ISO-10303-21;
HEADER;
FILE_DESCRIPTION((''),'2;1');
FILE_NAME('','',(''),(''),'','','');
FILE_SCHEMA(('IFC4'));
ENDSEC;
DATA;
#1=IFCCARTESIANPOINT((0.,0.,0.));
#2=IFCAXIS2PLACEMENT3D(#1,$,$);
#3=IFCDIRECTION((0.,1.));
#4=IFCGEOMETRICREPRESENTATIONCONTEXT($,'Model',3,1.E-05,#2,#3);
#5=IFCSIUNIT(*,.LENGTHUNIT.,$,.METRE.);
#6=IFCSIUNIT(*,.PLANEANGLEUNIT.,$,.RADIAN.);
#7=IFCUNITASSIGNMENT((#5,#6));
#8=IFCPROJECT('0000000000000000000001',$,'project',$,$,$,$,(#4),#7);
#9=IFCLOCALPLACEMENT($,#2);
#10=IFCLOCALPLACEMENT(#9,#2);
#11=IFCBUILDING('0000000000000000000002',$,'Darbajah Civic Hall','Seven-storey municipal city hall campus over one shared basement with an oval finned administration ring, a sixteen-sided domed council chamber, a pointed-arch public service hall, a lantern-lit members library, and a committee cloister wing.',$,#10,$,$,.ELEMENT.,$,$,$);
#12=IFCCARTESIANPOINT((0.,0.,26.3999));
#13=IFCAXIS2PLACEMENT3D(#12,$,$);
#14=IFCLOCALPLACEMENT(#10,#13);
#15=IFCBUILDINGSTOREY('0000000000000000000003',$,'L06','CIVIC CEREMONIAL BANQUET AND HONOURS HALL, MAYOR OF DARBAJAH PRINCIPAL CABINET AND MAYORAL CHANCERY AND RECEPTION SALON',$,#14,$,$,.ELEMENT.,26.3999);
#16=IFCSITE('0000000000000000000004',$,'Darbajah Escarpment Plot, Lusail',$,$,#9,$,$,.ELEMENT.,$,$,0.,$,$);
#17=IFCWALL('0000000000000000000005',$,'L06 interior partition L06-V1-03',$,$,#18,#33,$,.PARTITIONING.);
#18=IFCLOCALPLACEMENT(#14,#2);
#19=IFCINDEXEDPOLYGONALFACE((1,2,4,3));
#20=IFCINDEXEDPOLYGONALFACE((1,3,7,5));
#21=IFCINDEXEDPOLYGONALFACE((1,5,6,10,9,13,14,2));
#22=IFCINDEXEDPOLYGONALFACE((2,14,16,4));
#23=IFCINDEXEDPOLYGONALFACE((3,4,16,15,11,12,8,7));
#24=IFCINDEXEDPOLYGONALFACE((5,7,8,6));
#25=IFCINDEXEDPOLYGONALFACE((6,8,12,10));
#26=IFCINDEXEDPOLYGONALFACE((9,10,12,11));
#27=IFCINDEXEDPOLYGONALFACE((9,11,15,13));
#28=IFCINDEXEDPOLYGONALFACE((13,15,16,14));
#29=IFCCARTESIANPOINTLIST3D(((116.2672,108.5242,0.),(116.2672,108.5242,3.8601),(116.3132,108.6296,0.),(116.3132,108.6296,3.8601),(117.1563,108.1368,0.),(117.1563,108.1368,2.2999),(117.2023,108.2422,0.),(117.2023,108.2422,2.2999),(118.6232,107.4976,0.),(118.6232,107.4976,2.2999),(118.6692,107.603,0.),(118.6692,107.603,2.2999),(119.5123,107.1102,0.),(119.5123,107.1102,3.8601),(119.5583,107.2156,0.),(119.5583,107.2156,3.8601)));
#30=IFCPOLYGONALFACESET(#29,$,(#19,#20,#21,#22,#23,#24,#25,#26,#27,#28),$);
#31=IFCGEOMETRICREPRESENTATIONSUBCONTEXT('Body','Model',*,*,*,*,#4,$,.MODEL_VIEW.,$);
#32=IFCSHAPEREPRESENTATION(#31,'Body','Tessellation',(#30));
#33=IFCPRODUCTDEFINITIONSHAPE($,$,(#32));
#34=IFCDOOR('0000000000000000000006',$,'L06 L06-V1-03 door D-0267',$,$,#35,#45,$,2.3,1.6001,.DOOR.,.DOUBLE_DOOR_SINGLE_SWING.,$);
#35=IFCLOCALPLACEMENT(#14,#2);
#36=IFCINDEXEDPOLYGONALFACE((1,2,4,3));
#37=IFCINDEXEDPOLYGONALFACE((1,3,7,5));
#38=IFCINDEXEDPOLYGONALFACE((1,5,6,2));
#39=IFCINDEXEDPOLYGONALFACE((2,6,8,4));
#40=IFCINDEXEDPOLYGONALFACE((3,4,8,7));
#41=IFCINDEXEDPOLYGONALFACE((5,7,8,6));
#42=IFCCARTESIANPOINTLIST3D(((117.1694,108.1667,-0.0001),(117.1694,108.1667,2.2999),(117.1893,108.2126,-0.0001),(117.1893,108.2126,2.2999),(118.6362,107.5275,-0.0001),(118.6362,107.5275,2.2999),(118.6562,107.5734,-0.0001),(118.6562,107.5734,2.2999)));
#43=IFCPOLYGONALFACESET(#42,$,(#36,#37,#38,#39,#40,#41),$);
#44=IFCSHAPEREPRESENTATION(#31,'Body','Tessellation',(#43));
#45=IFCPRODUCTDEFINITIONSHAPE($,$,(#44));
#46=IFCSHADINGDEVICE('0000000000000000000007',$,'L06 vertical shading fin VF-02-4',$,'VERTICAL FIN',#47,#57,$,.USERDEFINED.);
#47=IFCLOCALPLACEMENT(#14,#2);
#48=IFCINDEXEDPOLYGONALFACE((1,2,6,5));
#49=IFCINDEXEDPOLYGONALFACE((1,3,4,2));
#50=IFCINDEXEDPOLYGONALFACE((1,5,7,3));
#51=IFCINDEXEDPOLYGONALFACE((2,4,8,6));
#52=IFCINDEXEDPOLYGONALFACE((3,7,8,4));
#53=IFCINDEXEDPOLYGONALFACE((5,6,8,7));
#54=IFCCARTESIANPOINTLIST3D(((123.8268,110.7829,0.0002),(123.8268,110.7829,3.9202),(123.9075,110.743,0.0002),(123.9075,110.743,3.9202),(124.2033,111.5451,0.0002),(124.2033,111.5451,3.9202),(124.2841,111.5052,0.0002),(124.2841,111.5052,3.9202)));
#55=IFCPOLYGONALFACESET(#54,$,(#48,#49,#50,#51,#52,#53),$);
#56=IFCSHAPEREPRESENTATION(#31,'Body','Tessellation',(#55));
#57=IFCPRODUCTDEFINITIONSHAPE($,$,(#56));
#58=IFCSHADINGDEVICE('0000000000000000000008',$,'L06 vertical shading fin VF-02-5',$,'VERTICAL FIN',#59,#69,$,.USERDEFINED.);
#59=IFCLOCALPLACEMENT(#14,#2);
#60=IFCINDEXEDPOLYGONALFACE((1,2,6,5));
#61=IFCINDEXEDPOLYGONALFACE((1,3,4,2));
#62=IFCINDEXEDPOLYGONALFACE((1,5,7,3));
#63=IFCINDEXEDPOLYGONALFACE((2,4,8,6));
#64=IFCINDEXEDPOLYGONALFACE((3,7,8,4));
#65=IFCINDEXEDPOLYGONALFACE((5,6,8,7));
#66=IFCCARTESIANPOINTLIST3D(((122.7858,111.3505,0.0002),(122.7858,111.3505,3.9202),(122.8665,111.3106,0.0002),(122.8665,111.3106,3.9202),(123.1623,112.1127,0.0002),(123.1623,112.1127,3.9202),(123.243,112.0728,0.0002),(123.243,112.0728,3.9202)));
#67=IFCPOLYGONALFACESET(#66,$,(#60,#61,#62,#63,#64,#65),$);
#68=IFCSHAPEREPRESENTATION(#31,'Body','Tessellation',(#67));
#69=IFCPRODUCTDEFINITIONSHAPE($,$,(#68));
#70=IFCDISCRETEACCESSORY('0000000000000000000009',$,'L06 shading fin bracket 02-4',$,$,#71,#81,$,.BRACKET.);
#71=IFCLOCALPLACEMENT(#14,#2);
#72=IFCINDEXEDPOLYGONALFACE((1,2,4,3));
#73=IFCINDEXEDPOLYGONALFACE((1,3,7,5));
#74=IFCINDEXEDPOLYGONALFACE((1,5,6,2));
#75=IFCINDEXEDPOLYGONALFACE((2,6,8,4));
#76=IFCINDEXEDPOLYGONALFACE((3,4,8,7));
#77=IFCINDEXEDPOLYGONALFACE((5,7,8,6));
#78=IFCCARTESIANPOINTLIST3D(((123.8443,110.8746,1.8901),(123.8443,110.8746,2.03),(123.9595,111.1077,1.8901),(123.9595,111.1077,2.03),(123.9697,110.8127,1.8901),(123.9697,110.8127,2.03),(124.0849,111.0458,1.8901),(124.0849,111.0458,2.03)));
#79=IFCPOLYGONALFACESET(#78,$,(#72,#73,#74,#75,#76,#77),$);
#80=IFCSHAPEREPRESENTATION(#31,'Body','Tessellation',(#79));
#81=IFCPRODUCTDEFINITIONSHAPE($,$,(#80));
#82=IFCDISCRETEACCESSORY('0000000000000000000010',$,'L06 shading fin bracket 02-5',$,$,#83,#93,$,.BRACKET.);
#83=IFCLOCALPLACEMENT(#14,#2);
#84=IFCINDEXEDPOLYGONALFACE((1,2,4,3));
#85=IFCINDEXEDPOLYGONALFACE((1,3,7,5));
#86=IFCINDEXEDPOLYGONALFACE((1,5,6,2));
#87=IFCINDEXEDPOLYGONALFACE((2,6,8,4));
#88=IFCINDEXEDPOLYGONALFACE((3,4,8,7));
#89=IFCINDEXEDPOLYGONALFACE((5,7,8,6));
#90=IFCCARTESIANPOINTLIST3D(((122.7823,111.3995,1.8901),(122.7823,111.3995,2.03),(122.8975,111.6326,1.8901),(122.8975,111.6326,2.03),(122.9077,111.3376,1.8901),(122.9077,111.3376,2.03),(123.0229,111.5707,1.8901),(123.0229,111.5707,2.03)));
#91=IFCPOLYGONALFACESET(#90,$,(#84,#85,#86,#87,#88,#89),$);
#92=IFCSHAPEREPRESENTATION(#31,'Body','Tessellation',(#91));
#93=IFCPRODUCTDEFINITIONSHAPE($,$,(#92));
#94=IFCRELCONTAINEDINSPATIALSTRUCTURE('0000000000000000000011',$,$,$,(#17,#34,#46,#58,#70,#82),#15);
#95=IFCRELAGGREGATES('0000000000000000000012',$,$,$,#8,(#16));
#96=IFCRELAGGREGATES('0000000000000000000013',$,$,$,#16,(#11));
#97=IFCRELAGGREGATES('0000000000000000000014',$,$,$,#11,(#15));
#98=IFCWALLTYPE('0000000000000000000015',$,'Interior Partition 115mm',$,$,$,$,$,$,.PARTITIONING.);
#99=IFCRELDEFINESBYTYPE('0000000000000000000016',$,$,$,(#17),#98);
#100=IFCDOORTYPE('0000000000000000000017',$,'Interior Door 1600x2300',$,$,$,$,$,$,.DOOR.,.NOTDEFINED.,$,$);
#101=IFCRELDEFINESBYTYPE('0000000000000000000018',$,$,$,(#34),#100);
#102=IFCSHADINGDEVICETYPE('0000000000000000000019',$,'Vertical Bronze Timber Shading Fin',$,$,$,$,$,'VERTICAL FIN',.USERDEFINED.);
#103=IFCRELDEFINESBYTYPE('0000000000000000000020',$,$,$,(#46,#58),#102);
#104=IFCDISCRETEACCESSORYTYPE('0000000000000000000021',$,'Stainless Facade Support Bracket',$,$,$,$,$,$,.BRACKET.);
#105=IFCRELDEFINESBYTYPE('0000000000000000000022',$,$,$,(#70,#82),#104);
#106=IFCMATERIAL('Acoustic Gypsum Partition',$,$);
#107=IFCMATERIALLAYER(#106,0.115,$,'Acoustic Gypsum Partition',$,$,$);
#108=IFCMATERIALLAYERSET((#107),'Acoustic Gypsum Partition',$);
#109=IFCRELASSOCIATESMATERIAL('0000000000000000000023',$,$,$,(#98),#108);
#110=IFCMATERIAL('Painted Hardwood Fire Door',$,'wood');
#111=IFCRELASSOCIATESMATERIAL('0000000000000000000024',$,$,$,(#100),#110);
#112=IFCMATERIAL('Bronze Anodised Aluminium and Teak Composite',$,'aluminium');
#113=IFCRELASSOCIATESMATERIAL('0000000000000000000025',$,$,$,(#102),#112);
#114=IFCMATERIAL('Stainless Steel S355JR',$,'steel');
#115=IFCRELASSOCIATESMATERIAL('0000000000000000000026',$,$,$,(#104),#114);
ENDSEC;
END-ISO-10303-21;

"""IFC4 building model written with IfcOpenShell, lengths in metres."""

from ifc_helpers import new_model, si_unit, direction, frame, frame_2d, origin, origin_2d, place, context, subcontext, project, spatial, rectangle, extrude, material, layer, layer_set, type_object, element, fill, save


model = new_model("IFC4")

# Units and contexts
model_context = context("Model", 3, precision=1e-05, world=origin(), true_north=direction((0.0, 1.0)))
body_context = subcontext(model_context, "Body", "Model", "MODEL_VIEW")
ifc_project = project(units=[si_unit("LENGTHUNIT", "METRE"), si_unit("PLANEANGLEUNIT", "RADIAN")], contexts=[model_context])

# Site, building, storey
site_placement = place(None, origin())
site = spatial("IfcSite", under=ifc_project, at=site_placement, Name="Darbajah Escarpment Plot, Lusail", CompositionType="ELEMENT", RefElevation=0.0)
building_placement = place(site_placement, origin())
building = spatial("IfcBuilding", under=site, at=building_placement, Name="Darbajah Civic Hall", Description="Seven-storey municipal city hall campus over one shared basement with an oval finned administration ring, a sixteen-sided domed council chamber, a pointed-arch public service hall, a lantern-lit members library, and a committee cloister wing.", CompositionType="ELEMENT")
storey_placement = place(building_placement, frame((0.0, 0.0, 26.3999)))
storey = spatial("IfcBuildingStorey", under=building, at=storey_placement, Name="L06", Description="CIVIC CEREMONIAL BANQUET AND HONOURS HALL, MAYOR OF DARBAJAH PRINCIPAL CABINET AND MAYORAL CHANCERY AND RECEPTION SALON", CompositionType="ELEMENT", Elevation=26.3999)

# Wall, opening, door
ifc_material_1 = material(Name="Acoustic Gypsum Partition")
ifc_layer_1 = layer(ifc_material_1, 0.115, Name="Acoustic Gypsum Partition")
ifc_layer_set_1 = layer_set([ifc_layer_1], Name="Acoustic Gypsum Partition")
wall_type_1 = type_object("IfcWallType", Name="Interior Partition 115mm", PredefinedType="PARTITIONING", material=ifc_layer_set_1)
wall_1_placement = place(storey_placement, frame((119.5354, 107.1628, 0.0), z_axis=(0.0, 0.0, 1.0), x_axis=(-0.916745, 0.399472, 0.0)))
wall_1 = element("IfcWall", 1, at=wall_1_placement, inside=storey, type_object=wall_type_1, Name="L06 interior partition L06-V1-03", PredefinedType="PARTITIONING", context=body_context, shape_type="SweptSolid", body=[
    extrude(rectangle(XDim=3.5398, YDim=0.115, at=frame_2d((1.77, 0.0))), origin(), (0.0, 0.0, 1.0), 3.8601),
])
opening_1_placement = place(wall_1_placement, frame((0.97, 0.0, 0.0)))
opening_1 = element("IfcOpeningElement", 2, at=opening_1_placement, cuts=wall_1, PredefinedType="OPENING", context=body_context, shape_type="SweptSolid", body=[
    extrude(rectangle(XDim=1.6001, YDim=2.3, at=frame_2d((0.8, 1.1499))), frame((0.0, 0.0674, 0.0), z_axis=(0.0, -1.0, 0.0), x_axis=(1.0, 0.0, 0.0)), (0.0, 0.0, 1.0), 0.135),
])
ifc_material_2 = material(Name="Painted Hardwood Fire Door", Category="wood")
door_type = type_object("IfcDoorType", Name="Interior Door 1600x2300", OperationType="NOTDEFINED", PredefinedType="DOOR", material=ifc_material_2)
door_placement = place(opening_1_placement, origin())
door = element("IfcDoor", 3, at=door_placement, inside=storey, type_object=door_type, Name="L06 L06-V1-03 door D-0267", OperationType="DOUBLE_DOOR_SINGLE_SWING", OverallHeight=2.3, OverallWidth=1.6001, PredefinedType="DOOR", context=body_context, shape_type="SweptSolid", body=[
    extrude(rectangle(XDim=1.6001, YDim=2.3, at=frame_2d((0.8, 1.1499))), frame((0.0, 0.0249, 0.0), z_axis=(0.0, -1.0, 0.0), x_axis=(1.0, 0.0, 0.0)), (0.0, 0.0, 1.0), 0.05),
])
fill(opening_1, door)

# Shading devices
ifc_material_3 = material(Name="Bronze Anodised Aluminium and Teak Composite", Category="aluminium")
shading_device_type = type_object("IfcShadingDeviceType", Name="Vertical Bronze Timber Shading Fin", ElementType="VERTICAL FIN", PredefinedType="USERDEFINED", material=ifc_material_3)
for number, where, z_axis, x_axis, name in (
    (4, (124.0554, 111.144, 0.0002), (0.0, 0.0, 1.0), (0.442915, 0.896564, 0.0), "L06 vertical shading fin VF-02-4"),
    (5, (123.0144, 111.7117, 0.0002), (0.0, 0.0, 1.0), (0.442915, 0.896564, 0.0), "L06 vertical shading fin VF-02-5"),
):
    element("IfcShadingDevice", number, at=place(storey_placement, frame(where, z_axis=z_axis, x_axis=x_axis)), inside=storey, type_object=shading_device_type, Name=name, ObjectType="VERTICAL FIN", PredefinedType="USERDEFINED", context=body_context, shape_type="SweptSolid", body=[
        extrude(rectangle(XDim=0.8501, YDim=0.0901, at=origin_2d()), origin(), (0.0, 0.0, 1.0), 3.9199),
    ])

# Discrete accessories
ifc_material_4 = material(Name="Stainless Steel S355JR", Category="steel")
discrete_accessory_type = type_object("IfcDiscreteAccessoryType", Name="Stainless Facade Support Bracket", PredefinedType="BRACKET", material=ifc_material_4)
for number, where, z_axis, x_axis, name in (
    (6, (123.9646, 110.9602, 1.8901), (0.0, 0.0, 1.0), (0.442915, 0.896564, 0.0), "L06 shading fin bracket 02-4"),
    (7, (122.9026, 111.4851, 1.8901), (0.0, 0.0, 1.0), (0.442915, 0.896564, 0.0), "L06 shading fin bracket 02-5"),
):
    element("IfcDiscreteAccessory", number, at=place(storey_placement, frame(where, z_axis=z_axis, x_axis=x_axis)), inside=storey, type_object=discrete_accessory_type, Name=name, PredefinedType="BRACKET", context=body_context, shape_type="SweptSolid", body=[
        extrude(rectangle(XDim=0.26, YDim=0.1399, at=origin_2d()), origin(), (0.0, 0.0, 1.0), 0.1399),
    ])

save(model, "model.ifc")
